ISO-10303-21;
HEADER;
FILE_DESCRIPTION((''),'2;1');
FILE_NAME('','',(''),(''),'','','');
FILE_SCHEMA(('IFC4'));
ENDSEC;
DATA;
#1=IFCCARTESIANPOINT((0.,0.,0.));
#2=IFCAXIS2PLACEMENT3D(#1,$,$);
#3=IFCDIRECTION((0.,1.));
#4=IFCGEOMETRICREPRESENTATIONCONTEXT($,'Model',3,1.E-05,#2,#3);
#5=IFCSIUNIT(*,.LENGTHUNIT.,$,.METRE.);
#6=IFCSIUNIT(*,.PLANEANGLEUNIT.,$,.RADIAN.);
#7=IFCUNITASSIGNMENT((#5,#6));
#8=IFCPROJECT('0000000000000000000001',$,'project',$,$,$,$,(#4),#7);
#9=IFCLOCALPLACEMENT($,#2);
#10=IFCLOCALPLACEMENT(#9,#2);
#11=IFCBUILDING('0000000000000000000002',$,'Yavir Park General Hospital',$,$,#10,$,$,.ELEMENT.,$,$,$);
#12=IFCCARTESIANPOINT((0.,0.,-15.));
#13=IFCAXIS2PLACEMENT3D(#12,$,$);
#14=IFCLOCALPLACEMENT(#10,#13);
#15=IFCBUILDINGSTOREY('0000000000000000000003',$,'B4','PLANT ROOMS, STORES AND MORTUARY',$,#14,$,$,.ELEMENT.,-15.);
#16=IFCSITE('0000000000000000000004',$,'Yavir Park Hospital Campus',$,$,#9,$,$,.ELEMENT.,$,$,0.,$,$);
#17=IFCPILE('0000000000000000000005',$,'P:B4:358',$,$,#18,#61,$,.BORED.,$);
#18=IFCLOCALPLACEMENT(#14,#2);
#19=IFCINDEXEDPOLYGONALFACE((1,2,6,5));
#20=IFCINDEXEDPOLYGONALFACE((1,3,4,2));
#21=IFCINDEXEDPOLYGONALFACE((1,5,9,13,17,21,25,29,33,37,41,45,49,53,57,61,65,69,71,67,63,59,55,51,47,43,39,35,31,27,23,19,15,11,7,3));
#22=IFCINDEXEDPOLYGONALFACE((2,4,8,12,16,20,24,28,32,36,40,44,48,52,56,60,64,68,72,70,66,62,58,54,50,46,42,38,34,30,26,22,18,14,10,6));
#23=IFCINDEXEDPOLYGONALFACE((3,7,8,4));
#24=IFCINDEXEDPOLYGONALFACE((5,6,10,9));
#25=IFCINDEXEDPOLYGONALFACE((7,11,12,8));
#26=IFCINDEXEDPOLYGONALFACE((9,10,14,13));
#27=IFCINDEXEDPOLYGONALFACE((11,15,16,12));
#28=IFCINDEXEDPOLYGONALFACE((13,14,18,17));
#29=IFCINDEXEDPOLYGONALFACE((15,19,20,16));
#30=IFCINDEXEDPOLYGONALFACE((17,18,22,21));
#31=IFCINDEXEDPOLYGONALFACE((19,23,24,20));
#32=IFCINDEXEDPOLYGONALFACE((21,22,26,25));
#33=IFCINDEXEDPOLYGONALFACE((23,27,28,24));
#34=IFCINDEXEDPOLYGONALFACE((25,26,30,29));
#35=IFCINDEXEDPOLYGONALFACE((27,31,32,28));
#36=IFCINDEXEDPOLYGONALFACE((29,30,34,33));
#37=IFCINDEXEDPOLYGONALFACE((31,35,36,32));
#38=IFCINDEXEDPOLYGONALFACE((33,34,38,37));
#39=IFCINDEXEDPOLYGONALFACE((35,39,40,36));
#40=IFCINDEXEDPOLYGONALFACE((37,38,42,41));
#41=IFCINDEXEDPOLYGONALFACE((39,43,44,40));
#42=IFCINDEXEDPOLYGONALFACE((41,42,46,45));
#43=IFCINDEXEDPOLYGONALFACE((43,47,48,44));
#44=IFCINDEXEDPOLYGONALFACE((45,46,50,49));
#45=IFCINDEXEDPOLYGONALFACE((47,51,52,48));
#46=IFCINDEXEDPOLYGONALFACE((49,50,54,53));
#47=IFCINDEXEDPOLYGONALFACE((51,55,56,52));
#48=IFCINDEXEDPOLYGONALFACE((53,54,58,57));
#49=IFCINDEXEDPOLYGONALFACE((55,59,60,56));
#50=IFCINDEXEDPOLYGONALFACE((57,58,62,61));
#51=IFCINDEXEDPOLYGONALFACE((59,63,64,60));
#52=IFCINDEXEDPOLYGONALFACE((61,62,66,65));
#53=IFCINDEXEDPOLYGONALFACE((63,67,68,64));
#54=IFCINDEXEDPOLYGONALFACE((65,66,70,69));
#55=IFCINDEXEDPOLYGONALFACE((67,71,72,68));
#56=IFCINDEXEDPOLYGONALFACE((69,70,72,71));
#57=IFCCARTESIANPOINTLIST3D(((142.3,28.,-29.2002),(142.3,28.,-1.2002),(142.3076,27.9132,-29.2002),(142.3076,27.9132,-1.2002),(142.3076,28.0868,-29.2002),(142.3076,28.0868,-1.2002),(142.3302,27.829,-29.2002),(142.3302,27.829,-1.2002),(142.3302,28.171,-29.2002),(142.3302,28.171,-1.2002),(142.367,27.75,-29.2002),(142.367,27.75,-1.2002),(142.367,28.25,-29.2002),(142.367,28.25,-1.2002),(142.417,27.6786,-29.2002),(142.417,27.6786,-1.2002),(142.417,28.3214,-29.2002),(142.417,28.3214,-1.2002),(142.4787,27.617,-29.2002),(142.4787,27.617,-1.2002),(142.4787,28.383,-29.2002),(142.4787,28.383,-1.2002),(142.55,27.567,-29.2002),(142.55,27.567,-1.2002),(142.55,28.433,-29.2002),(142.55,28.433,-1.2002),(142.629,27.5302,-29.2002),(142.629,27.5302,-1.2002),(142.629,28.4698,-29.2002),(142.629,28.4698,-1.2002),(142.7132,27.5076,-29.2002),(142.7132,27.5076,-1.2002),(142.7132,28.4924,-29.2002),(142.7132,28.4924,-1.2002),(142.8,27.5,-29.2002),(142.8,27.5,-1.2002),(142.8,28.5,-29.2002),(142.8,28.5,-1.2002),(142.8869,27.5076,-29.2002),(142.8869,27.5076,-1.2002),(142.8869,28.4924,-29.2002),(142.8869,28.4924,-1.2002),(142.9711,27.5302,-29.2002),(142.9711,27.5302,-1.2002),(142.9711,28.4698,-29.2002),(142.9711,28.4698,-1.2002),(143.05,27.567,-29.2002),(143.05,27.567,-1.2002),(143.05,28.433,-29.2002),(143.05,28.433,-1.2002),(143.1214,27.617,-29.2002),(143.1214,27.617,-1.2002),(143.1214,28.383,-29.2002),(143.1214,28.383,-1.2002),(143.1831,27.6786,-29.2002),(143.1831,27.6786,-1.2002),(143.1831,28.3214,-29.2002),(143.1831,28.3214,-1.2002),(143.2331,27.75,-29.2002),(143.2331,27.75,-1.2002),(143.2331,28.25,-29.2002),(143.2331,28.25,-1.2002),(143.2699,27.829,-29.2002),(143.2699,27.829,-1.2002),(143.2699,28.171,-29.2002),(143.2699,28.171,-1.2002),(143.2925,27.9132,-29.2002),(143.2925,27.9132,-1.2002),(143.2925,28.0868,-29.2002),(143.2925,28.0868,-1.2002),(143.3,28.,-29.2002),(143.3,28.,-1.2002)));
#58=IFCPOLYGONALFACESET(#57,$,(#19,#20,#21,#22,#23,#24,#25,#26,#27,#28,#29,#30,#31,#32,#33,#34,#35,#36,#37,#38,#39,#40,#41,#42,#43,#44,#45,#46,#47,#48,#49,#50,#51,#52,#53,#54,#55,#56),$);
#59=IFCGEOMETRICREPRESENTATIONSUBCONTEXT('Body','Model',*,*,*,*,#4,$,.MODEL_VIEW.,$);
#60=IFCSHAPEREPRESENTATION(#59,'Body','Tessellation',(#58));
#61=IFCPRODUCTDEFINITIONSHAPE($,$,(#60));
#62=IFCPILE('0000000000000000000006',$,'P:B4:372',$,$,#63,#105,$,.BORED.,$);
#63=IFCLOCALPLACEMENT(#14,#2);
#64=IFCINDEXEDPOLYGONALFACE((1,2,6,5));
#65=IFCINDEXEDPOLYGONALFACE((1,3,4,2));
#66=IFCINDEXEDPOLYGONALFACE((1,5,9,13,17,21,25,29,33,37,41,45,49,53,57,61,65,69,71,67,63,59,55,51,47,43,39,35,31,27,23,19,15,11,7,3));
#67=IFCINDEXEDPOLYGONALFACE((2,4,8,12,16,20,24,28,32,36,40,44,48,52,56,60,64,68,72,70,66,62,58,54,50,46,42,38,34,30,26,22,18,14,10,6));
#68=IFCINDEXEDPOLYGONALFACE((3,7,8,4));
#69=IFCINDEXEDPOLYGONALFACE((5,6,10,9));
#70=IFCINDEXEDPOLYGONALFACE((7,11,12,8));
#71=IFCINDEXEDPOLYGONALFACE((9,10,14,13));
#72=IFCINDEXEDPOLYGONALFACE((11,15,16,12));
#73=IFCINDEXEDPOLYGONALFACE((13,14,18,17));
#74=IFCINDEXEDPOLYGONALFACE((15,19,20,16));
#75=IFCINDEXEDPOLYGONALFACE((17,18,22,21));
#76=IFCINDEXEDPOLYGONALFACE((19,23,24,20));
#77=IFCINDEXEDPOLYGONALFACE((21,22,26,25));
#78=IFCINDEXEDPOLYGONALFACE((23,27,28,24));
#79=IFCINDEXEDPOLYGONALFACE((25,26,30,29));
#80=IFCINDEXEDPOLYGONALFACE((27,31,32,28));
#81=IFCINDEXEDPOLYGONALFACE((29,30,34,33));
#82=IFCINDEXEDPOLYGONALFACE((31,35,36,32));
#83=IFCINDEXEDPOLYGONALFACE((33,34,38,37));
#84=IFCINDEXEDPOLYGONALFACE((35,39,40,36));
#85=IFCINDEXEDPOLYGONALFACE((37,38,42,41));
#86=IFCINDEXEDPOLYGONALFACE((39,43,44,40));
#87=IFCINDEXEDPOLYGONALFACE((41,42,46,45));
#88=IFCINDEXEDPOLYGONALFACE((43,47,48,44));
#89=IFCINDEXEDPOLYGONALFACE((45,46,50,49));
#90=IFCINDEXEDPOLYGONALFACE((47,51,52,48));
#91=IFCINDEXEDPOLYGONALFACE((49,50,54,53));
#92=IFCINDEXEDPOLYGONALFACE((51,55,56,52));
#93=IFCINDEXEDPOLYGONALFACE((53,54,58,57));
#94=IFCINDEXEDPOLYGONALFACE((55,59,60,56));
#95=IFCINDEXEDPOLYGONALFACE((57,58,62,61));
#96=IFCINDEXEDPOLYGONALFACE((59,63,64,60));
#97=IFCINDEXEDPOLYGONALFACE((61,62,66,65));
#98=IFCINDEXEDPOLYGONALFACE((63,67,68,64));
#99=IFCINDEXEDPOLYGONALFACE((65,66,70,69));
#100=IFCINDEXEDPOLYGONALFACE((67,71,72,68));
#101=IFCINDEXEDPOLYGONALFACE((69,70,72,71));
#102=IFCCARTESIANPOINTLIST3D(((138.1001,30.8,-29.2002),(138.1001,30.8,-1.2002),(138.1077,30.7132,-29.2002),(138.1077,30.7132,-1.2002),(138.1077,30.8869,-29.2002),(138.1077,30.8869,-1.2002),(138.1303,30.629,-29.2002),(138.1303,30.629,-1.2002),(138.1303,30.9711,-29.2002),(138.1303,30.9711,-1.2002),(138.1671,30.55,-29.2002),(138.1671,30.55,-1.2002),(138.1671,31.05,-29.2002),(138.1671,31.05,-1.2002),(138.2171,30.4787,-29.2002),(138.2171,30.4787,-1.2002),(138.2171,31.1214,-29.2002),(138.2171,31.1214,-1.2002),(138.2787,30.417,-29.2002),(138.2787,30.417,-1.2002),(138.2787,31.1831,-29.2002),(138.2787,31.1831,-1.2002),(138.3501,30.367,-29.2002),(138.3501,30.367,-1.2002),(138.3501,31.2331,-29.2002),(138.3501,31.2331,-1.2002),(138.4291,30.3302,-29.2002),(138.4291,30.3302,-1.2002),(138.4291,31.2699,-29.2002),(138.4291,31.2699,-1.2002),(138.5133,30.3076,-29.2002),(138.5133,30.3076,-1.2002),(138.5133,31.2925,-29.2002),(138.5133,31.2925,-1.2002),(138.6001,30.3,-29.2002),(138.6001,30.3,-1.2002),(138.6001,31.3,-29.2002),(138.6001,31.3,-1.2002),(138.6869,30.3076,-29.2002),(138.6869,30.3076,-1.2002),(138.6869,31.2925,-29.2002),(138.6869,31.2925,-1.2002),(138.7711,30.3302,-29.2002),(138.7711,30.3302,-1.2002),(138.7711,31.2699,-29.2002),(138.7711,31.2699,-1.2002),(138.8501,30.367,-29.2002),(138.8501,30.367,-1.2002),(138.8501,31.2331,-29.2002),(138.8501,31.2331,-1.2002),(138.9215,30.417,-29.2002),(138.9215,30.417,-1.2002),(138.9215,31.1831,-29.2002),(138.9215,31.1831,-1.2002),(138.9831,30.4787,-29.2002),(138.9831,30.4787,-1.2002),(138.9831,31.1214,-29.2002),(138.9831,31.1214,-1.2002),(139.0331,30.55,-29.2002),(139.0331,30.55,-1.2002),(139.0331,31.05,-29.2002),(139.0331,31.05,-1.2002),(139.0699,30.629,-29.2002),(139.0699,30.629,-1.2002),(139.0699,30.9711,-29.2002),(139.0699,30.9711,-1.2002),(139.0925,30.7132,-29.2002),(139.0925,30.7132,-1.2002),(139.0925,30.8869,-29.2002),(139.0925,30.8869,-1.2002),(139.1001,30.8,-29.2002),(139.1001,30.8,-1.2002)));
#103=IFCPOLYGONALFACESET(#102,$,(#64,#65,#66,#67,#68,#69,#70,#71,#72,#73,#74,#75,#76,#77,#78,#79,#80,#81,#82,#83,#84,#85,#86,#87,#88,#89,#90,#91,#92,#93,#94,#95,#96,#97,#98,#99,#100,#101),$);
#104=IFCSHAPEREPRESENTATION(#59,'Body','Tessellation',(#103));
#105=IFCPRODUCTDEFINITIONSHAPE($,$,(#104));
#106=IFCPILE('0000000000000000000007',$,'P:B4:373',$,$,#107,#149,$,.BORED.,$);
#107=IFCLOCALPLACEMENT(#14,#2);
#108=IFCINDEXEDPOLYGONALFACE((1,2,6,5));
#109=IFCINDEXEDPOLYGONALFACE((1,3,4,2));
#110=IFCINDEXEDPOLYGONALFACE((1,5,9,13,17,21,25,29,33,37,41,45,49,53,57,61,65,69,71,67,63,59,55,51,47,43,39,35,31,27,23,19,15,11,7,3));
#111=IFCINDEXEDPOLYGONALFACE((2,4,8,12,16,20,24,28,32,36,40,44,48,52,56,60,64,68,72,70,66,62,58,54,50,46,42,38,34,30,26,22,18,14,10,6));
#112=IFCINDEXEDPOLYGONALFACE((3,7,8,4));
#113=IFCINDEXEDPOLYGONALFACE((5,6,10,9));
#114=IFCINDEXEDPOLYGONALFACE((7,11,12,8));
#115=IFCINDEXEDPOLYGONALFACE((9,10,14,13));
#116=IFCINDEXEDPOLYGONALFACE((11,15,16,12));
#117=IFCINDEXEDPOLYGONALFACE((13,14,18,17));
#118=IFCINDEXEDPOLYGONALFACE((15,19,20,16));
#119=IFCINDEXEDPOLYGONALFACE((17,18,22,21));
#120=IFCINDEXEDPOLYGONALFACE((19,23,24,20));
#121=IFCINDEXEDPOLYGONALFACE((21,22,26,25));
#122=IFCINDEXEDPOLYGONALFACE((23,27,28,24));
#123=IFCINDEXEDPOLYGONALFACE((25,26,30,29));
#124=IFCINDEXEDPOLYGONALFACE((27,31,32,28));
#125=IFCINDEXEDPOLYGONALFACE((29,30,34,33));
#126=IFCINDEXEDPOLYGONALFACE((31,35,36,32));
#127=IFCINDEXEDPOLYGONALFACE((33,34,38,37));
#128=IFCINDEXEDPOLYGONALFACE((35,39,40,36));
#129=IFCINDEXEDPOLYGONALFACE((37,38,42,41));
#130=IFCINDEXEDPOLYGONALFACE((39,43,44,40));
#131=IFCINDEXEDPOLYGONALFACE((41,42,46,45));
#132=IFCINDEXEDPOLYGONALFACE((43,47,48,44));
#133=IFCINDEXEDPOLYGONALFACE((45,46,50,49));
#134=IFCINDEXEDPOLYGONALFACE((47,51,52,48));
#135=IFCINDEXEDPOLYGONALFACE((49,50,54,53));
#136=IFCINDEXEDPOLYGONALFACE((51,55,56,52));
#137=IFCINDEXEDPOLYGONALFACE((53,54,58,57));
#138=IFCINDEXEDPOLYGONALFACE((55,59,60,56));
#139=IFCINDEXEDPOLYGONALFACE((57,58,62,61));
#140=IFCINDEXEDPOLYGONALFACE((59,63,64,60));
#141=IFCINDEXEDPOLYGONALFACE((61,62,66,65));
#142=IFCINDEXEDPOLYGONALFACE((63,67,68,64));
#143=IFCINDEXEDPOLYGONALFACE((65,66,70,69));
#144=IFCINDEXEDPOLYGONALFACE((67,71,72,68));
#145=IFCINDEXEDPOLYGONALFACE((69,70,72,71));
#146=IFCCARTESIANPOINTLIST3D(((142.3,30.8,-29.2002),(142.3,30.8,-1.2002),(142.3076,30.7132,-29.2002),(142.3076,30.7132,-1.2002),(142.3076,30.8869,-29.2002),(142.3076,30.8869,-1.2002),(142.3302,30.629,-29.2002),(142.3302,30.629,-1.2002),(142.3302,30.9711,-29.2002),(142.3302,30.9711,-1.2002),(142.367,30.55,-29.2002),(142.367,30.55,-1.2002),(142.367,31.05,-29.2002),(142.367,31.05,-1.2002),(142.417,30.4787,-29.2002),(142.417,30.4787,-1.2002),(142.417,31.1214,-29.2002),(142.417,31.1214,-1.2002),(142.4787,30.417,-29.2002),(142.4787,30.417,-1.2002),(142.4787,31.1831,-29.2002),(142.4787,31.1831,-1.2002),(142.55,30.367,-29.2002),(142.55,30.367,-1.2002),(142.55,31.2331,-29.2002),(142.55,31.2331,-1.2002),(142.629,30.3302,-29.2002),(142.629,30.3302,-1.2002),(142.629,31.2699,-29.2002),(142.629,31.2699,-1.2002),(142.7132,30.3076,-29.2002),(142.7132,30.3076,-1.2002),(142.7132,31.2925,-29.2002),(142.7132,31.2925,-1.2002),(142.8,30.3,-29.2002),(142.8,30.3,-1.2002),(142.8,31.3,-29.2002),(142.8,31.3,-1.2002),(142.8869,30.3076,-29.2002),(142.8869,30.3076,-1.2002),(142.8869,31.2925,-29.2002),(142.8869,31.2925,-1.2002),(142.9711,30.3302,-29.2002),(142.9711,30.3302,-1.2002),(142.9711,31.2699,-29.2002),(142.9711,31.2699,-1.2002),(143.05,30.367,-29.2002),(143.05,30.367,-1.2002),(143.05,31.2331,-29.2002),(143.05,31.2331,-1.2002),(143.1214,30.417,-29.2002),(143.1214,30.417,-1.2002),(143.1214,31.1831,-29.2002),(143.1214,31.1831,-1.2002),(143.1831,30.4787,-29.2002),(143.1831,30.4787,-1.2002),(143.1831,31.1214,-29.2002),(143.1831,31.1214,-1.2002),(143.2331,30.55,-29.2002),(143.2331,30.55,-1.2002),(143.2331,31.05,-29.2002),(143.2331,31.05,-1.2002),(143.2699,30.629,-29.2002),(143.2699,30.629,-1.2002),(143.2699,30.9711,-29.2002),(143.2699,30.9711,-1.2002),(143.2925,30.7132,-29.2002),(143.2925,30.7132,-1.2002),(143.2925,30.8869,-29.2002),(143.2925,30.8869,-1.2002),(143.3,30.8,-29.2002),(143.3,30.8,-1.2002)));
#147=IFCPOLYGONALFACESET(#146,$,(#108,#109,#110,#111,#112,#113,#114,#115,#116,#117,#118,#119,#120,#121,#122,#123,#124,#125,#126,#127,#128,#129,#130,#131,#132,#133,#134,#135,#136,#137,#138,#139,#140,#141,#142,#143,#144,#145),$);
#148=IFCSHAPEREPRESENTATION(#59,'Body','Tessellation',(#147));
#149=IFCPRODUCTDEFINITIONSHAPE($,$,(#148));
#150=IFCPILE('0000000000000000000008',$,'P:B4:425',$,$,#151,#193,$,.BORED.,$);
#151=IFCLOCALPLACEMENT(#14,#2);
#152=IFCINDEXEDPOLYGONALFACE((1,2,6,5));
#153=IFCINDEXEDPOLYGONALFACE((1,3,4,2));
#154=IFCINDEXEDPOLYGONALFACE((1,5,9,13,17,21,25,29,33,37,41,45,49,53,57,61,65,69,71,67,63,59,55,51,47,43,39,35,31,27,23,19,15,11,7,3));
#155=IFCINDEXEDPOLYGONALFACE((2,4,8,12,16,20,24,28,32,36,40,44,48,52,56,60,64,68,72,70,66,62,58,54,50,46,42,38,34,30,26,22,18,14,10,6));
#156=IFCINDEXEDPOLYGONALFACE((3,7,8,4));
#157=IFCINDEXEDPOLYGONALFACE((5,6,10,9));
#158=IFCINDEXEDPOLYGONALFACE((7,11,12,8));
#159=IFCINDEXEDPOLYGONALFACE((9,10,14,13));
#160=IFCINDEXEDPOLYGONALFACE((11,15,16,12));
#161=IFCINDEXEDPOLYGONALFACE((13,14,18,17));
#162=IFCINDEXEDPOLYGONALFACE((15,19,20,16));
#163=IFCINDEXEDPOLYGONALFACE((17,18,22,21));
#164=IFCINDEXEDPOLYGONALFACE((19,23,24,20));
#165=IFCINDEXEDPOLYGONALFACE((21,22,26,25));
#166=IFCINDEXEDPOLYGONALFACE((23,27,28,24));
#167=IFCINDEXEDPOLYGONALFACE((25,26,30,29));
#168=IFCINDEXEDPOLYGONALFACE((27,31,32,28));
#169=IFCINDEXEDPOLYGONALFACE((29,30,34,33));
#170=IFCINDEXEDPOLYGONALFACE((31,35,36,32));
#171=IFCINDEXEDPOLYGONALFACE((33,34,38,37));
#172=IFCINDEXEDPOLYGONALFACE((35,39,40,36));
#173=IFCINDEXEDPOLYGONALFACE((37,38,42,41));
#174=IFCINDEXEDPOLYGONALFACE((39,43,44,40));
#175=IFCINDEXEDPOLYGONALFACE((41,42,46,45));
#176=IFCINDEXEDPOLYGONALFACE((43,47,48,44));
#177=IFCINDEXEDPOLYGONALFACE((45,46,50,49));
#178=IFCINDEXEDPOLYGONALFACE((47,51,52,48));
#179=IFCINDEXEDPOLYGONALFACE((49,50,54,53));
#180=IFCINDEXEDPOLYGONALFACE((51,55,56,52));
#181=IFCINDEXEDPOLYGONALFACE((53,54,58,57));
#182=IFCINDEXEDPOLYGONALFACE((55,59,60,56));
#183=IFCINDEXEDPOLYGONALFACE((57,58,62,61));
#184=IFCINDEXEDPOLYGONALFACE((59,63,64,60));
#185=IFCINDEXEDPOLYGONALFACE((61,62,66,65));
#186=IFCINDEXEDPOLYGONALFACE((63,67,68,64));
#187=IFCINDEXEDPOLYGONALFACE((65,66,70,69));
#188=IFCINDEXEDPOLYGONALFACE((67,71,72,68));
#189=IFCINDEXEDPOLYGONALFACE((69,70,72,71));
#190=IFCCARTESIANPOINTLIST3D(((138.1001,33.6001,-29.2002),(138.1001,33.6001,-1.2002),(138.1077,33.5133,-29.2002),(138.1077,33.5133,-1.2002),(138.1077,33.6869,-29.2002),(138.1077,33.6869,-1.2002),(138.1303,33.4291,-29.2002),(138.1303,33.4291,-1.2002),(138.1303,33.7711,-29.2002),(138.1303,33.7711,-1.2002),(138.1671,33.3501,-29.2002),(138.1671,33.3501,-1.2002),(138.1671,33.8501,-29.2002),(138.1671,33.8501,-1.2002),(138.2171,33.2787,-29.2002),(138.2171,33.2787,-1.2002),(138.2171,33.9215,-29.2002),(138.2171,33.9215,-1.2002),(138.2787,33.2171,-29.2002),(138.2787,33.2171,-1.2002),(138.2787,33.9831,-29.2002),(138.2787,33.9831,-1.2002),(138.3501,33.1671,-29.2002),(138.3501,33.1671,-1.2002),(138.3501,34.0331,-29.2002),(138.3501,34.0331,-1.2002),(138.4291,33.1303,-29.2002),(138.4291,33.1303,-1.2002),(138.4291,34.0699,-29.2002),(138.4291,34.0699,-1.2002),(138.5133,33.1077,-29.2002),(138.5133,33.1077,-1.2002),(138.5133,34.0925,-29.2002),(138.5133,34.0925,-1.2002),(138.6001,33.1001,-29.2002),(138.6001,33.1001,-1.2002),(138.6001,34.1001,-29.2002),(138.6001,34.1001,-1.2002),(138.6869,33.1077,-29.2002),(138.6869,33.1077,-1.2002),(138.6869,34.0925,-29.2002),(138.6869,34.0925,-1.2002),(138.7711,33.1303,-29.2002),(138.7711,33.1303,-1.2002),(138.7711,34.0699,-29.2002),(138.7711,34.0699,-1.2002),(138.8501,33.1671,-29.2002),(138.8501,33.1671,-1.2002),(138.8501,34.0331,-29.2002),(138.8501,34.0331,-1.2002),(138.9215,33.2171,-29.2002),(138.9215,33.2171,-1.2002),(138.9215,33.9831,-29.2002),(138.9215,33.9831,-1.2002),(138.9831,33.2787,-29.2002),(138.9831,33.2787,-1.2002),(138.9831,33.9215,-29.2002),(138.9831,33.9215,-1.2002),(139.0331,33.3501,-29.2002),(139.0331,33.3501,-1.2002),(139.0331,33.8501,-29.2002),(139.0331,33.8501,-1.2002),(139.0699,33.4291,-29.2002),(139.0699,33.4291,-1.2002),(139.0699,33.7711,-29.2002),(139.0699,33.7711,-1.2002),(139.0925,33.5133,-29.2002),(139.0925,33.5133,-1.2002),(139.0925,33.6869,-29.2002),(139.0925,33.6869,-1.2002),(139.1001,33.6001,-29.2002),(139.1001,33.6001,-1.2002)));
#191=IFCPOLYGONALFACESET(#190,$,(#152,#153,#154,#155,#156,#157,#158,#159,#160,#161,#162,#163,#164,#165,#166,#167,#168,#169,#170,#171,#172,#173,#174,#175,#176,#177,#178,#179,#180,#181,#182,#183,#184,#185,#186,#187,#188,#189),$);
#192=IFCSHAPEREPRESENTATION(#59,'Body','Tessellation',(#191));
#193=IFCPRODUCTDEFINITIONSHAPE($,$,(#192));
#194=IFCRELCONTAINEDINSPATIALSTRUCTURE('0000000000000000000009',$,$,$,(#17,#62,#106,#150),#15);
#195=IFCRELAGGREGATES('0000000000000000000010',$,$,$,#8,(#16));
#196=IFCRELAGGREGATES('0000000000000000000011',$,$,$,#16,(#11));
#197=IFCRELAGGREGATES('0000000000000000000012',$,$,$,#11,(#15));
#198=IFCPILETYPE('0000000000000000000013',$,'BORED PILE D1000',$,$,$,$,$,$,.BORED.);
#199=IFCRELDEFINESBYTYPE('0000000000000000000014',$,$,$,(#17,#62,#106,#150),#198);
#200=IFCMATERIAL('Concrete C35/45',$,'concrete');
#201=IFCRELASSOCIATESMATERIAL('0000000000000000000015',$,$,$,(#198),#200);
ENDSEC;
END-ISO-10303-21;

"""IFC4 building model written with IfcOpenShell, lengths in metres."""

from ifc_helpers import new_model, si_unit, direction, frame, origin, origin_2d, place, context, subcontext, project, spatial, circle, extrude, material, material_profile, profile_set, type_object, element, save


model = new_model("IFC4")

# Units and contexts
model_context = context("Model", 3, precision=1e-05, world=origin(), true_north=direction((0.0, 1.0)))
body_context = subcontext(model_context, "Body", "Model", "MODEL_VIEW")
ifc_project = project(units=[si_unit("LENGTHUNIT", "METRE"), si_unit("PLANEANGLEUNIT", "RADIAN")], contexts=[model_context])

# Site, building, storey
site_placement = place(None, origin())
site = spatial("IfcSite", under=ifc_project, at=site_placement, Name="Yavir Park Hospital Campus", CompositionType="ELEMENT", RefElevation=0.0)
building_placement = place(site_placement, origin())
building = spatial("IfcBuilding", under=site, at=building_placement, Name="Yavir Park General Hospital", CompositionType="ELEMENT")
storey_placement = place(building_placement, frame((0.0, 0.0, -15.0)))
storey = spatial("IfcBuildingStorey", under=building, at=storey_placement, Name="B4", Description="PLANT ROOMS, STORES AND MORTUARY", CompositionType="ELEMENT", Elevation=-15.0)

# Piles
ifc_material_1 = material(Name="Concrete C35/45", Category="concrete")
ifc_material_profile_1 = material_profile(ifc_material_1, circle(Radius=0.5, at=origin_2d()), Name="D1000")
ifc_profile_set_1 = profile_set([ifc_material_profile_1], Name="Concrete C35/45")
pile_type_1 = type_object("IfcPileType", Name="BORED PILE D1000", PredefinedType="BORED", material=ifc_profile_set_1)
for number, where, z_axis, x_axis, name in (
    (1, (142.8, 28.0, -1.2002), (0.0, 0.0, -1.0), (1.0, 0.0, 0.0), "P:B4:358"),
    (2, (138.6001, 30.8, -1.2002), (0.0, 0.0, -1.0), (1.0, 0.0, 0.0), "P:B4:372"),
    (3, (142.8, 30.8, -1.2002), (0.0, 0.0, -1.0), (1.0, 0.0, 0.0), "P:B4:373"),
    (4, (138.6001, 33.6001, -1.2002), (0.0, 0.0, -1.0), (1.0, 0.0, 0.0), "P:B4:425"),
):
    element("IfcPile", number, at=place(storey_placement, frame(where, z_axis=z_axis, x_axis=x_axis)), inside=storey, type_object=pile_type_1, Name=name, PredefinedType="BORED", context=body_context, shape_type="SweptSolid", body=[
        extrude(circle(Radius=0.5, at=origin_2d()), origin(), (0.0, 0.0, 1.0), 28.0),
    ])

save(model, "model.ifc")
